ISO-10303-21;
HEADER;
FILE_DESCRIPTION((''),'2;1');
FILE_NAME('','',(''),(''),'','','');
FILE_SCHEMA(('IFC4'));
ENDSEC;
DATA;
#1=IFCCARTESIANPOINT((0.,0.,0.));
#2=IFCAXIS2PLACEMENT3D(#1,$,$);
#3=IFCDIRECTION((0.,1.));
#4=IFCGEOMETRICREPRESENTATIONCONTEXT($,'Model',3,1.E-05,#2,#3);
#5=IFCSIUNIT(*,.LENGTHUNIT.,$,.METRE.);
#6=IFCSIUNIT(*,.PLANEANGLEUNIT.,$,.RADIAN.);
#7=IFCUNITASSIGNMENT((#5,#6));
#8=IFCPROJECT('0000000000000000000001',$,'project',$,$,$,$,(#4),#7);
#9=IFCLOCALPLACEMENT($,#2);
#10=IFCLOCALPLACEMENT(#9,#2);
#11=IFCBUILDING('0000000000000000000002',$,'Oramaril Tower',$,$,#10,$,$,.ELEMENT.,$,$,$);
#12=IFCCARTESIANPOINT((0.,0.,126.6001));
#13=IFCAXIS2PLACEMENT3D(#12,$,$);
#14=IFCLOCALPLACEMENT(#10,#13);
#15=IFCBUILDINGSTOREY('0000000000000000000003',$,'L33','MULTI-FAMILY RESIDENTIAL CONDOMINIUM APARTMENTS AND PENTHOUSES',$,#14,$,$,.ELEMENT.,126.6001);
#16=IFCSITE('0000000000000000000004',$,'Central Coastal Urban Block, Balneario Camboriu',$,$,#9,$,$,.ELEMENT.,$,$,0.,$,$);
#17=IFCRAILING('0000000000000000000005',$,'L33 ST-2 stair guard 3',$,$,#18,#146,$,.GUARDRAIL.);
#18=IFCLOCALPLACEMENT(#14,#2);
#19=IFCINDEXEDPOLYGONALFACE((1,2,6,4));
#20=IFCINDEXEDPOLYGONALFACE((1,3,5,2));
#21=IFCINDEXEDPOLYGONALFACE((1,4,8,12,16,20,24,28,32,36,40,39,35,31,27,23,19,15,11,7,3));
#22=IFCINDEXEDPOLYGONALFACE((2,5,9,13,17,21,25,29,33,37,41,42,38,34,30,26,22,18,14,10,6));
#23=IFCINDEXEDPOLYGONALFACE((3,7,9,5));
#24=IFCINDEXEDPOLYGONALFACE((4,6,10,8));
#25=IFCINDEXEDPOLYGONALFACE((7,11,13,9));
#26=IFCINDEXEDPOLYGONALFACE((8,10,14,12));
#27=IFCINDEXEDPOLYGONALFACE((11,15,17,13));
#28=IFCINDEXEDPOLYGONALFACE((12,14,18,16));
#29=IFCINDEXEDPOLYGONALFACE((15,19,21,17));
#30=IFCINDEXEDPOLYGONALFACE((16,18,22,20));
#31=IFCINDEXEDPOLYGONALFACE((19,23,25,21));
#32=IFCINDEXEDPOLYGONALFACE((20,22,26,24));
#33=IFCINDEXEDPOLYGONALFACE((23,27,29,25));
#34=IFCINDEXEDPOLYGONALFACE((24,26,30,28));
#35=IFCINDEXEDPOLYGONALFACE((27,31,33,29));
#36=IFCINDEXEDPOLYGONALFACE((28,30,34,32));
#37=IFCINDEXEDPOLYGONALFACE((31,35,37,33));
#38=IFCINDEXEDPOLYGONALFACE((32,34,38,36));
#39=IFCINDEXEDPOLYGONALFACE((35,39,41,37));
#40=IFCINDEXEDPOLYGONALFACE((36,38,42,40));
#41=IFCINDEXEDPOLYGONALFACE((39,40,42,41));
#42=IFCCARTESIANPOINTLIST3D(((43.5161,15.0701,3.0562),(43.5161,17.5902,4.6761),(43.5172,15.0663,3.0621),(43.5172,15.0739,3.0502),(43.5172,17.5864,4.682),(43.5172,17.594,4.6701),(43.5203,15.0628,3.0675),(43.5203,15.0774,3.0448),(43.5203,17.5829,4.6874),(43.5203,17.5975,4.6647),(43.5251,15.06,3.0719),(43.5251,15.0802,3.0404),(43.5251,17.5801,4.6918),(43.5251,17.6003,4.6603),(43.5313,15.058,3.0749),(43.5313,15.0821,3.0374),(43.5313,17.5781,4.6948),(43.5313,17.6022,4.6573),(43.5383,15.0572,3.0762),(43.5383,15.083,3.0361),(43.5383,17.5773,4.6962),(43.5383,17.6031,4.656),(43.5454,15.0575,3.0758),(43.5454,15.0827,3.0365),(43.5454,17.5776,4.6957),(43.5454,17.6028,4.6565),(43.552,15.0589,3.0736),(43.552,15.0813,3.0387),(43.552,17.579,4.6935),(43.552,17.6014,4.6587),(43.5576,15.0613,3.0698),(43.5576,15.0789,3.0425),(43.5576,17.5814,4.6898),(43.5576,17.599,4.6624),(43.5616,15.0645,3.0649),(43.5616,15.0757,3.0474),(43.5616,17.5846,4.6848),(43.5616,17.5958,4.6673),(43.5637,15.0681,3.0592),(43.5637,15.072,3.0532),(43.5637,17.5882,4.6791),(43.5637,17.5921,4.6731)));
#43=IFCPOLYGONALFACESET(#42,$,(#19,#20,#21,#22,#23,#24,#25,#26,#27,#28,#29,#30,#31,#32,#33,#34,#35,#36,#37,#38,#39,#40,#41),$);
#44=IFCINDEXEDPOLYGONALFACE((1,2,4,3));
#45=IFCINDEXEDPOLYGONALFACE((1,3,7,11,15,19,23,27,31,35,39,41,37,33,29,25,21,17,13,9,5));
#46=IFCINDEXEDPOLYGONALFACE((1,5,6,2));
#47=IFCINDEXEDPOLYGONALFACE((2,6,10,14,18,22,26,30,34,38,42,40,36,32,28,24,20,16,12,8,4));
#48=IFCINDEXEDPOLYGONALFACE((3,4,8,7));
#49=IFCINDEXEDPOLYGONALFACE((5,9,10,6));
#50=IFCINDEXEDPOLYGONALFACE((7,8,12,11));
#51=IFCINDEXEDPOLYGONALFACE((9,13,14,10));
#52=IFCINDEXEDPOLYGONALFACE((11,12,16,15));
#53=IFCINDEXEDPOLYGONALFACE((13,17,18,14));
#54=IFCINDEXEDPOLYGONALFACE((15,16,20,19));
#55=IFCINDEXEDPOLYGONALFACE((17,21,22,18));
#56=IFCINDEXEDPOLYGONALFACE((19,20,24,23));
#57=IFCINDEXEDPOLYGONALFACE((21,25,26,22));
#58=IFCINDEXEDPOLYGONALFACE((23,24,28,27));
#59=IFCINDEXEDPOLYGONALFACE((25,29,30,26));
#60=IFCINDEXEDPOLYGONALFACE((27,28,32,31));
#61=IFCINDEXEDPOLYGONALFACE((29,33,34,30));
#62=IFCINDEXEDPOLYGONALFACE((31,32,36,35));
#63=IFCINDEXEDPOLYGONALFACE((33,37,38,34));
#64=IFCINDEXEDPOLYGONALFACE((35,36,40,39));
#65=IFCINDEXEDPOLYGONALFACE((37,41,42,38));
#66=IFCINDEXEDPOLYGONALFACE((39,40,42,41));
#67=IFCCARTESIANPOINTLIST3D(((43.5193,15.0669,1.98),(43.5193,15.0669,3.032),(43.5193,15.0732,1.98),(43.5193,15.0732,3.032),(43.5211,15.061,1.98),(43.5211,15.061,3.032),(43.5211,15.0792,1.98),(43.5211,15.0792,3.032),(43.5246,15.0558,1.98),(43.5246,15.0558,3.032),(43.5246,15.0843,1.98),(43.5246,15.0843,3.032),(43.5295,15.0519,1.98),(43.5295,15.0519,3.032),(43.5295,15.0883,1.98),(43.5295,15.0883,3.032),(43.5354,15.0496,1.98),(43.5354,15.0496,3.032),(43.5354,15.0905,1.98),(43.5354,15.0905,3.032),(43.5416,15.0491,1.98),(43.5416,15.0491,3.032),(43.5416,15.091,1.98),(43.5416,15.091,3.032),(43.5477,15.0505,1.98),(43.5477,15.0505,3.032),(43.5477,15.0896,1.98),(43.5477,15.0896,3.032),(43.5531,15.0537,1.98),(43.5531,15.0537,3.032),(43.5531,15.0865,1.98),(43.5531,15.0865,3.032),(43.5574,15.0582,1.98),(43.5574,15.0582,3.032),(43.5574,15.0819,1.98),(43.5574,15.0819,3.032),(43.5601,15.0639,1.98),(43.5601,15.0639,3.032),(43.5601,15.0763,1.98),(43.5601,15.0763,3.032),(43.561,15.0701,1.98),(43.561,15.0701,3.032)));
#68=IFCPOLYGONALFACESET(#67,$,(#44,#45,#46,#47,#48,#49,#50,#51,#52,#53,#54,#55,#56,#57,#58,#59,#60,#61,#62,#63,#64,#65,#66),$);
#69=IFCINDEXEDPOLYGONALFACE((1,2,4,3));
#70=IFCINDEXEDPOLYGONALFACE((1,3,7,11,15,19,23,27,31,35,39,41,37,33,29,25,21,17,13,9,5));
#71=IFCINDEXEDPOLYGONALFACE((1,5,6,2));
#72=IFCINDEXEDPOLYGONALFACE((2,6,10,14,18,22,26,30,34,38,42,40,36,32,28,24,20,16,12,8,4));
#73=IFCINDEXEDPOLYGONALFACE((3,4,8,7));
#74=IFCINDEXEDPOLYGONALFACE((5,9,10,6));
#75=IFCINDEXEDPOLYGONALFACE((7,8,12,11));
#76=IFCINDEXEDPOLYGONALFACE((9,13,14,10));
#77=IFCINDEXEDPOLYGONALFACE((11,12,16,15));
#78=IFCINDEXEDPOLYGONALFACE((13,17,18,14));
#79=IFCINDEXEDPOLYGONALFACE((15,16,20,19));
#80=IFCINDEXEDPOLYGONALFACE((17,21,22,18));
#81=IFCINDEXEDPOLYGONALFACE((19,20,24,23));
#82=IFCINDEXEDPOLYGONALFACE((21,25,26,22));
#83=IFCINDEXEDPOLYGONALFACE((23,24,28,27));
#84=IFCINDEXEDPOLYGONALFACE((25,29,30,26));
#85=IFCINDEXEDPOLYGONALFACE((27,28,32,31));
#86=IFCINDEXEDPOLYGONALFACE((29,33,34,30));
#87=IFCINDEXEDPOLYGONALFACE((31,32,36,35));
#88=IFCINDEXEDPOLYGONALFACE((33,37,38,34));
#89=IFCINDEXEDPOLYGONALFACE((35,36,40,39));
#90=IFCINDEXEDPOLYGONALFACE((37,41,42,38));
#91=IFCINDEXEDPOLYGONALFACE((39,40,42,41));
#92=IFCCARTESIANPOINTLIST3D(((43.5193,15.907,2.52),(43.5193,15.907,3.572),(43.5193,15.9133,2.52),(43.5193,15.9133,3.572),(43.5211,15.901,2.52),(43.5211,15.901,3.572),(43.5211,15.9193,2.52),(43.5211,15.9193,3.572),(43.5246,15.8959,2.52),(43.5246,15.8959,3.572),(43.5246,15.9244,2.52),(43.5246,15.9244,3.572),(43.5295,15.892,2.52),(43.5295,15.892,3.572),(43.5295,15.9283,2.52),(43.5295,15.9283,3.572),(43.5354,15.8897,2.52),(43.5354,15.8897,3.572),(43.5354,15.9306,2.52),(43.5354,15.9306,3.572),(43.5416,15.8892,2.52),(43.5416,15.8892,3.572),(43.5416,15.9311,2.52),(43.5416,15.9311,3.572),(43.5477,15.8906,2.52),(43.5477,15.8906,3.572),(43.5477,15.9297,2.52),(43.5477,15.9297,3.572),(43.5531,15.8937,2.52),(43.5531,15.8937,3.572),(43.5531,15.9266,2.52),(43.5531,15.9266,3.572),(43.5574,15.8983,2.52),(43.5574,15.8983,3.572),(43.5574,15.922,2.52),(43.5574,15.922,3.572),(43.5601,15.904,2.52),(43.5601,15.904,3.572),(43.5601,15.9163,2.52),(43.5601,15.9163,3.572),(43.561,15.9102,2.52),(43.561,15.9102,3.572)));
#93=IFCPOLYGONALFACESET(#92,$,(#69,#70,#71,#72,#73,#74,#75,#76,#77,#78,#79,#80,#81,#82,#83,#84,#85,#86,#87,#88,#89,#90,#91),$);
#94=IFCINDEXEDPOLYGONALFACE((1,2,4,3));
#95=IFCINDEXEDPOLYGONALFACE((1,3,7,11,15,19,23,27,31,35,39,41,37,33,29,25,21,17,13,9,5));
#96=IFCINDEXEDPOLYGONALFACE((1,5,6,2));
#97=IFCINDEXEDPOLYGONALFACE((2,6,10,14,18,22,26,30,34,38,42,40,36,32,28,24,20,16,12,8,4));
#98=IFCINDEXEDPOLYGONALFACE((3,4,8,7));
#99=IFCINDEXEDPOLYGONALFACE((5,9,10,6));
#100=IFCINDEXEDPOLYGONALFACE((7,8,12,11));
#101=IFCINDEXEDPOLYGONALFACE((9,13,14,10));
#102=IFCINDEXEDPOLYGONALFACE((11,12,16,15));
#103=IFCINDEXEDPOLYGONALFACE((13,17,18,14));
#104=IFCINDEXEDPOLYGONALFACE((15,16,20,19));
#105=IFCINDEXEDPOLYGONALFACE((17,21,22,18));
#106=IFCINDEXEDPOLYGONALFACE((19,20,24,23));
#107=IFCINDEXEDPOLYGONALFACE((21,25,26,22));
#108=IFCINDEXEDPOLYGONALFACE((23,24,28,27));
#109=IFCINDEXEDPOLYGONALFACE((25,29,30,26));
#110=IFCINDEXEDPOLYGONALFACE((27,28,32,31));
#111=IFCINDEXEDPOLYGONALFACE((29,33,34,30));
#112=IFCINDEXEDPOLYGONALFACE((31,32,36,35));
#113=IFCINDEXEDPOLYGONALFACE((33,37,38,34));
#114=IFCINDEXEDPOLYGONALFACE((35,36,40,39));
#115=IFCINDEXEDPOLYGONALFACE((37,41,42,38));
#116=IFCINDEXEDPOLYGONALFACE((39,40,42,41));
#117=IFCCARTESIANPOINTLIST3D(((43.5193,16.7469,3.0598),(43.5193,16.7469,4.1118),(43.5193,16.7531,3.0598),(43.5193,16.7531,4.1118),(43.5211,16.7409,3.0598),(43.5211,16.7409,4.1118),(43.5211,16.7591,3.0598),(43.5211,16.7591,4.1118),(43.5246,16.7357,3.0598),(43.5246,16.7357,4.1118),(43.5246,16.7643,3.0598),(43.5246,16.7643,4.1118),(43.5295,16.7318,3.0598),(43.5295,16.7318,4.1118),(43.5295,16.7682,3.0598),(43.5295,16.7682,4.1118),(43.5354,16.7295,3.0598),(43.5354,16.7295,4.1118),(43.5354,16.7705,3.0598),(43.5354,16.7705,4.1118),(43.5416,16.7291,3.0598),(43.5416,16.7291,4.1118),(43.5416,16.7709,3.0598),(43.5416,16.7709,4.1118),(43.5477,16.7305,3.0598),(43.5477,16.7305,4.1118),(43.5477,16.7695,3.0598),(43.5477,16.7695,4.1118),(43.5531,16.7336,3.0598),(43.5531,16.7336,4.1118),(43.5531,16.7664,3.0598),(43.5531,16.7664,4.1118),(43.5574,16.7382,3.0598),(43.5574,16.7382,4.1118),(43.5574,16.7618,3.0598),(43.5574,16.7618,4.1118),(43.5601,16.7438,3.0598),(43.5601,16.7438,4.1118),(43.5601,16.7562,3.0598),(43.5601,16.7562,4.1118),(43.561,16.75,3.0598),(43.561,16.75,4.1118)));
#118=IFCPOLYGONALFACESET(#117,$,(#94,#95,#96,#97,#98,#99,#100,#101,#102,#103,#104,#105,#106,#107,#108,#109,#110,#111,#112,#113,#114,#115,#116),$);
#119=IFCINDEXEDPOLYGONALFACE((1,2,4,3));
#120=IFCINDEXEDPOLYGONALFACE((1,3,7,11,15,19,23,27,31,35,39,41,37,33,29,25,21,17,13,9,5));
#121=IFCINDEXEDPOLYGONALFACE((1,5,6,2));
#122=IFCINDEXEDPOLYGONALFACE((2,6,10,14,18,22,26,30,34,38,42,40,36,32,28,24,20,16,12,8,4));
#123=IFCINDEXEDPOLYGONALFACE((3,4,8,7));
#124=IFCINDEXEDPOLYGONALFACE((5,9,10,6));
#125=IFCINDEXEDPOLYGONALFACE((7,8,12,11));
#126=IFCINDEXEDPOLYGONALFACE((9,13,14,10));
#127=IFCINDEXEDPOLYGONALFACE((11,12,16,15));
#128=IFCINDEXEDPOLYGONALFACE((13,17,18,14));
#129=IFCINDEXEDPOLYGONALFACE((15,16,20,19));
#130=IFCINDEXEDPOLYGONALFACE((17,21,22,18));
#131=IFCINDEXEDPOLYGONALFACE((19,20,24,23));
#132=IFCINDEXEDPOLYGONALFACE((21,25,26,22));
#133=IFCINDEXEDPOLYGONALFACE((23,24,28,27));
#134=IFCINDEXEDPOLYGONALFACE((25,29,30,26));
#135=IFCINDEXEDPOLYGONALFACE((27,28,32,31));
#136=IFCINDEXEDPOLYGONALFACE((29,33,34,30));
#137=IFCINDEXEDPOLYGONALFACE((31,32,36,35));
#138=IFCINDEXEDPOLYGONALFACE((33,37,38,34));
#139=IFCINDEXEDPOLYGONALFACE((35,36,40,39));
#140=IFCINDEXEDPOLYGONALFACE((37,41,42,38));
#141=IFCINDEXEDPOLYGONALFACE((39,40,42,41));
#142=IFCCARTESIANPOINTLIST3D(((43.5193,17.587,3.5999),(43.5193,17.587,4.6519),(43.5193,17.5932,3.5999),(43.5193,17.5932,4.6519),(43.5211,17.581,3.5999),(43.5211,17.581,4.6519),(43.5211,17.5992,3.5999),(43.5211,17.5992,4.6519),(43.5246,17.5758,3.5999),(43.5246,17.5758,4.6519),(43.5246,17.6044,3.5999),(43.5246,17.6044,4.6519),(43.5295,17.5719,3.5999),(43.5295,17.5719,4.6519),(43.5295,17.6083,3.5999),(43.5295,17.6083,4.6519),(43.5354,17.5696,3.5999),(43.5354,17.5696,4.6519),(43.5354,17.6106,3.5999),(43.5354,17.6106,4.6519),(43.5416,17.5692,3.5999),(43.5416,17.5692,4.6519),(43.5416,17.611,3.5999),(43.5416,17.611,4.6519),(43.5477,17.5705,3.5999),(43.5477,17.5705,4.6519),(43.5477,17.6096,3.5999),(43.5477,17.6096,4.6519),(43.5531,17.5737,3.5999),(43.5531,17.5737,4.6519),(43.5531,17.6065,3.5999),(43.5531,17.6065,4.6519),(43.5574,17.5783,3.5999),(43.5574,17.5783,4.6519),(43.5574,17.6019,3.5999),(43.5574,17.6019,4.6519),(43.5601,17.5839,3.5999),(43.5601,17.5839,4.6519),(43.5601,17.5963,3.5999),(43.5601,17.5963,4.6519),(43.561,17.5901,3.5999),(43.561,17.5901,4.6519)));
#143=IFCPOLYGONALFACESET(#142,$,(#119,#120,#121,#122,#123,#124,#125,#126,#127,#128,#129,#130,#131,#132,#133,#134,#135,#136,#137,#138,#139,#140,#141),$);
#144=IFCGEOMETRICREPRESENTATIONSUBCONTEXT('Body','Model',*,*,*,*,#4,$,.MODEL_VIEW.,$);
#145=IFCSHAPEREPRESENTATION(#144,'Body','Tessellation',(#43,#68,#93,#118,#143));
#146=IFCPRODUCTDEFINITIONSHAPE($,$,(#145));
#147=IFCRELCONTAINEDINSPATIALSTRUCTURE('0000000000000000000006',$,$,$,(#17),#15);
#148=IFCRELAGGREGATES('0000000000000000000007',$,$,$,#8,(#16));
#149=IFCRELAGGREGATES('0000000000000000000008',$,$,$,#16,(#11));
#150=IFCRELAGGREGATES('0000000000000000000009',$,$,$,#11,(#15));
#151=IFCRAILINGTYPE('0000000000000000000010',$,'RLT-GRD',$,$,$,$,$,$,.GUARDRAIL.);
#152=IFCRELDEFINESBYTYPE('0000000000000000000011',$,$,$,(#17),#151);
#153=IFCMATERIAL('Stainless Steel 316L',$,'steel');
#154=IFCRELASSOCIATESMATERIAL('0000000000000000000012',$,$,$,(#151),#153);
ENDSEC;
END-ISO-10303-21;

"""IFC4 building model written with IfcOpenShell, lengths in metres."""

from ifc_helpers import new_model, si_unit, direction, frame, origin, origin_2d, place, context, subcontext, project, spatial, circle, extrude, material, type_object, element, save


model = new_model("IFC4")

# Units and contexts
model_context = context("Model", 3, precision=1e-05, world=origin(), true_north=direction((0.0, 1.0)))
body_context = subcontext(model_context, "Body", "Model", "MODEL_VIEW")
ifc_project = project(units=[si_unit("LENGTHUNIT", "METRE"), si_unit("PLANEANGLEUNIT", "RADIAN")], contexts=[model_context])

# Site, building, storey
site_placement = place(None, origin())
site = spatial("IfcSite", under=ifc_project, at=site_placement, Name="Central Coastal Urban Block, Balneario Camboriu", CompositionType="ELEMENT", RefElevation=0.0)
building_placement = place(site_placement, origin())
building = spatial("IfcBuilding", under=site, at=building_placement, Name="Oramaril Tower", CompositionType="ELEMENT")
storey_placement = place(building_placement, frame((0.0, 0.0, 126.6001)))
storey = spatial("IfcBuildingStorey", under=building, at=storey_placement, Name="L33", Description="MULTI-FAMILY RESIDENTIAL CONDOMINIUM APARTMENTS AND PENTHOUSES", CompositionType="ELEMENT", Elevation=126.6001)

# Railing
ifc_material_1 = material(Name="Stainless Steel 316L", Category="steel")
railing_type_1 = type_object("IfcRailingType", Name="RLT-GRD", PredefinedType="GUARDRAIL", material=ifc_material_1)
railing_1_placement = place(storey_placement, frame((43.54, 15.0701, 1.98)))
element("IfcRailing", 1, at=railing_1_placement, inside=storey, type_object=railing_type_1, Name="L33 ST-2 stair guard 3", PredefinedType="GUARDRAIL", context=body_context, shape_type="SweptSolid", body=[
    extrude(circle(Radius=0.0239, at=origin_2d()), frame((0.0, 0.0, 1.0762), z_axis=(0.0, 0.8412, 0.540725), x_axis=(-1.0, 0.0, 0.0)), (0.0, 0.0, 1.0), 2.9958),
    extrude(circle(Radius=0.021, at=origin_2d()), origin(), (0.0, 0.0, 1.0), 1.052),
    extrude(circle(Radius=0.021, at=origin_2d()), frame((0.0, 0.8401, 0.54)), (0.0, 0.0, 1.0), 1.052),
    extrude(circle(Radius=0.021, at=origin_2d()), frame((0.0, 1.6799, 1.0798)), (0.0, 0.0, 1.0), 1.052),
    extrude(circle(Radius=0.021, at=origin_2d()), frame((0.0, 2.52, 1.6199)), (0.0, 0.0, 1.0), 1.052),
])

save(model, "model.ifc")
